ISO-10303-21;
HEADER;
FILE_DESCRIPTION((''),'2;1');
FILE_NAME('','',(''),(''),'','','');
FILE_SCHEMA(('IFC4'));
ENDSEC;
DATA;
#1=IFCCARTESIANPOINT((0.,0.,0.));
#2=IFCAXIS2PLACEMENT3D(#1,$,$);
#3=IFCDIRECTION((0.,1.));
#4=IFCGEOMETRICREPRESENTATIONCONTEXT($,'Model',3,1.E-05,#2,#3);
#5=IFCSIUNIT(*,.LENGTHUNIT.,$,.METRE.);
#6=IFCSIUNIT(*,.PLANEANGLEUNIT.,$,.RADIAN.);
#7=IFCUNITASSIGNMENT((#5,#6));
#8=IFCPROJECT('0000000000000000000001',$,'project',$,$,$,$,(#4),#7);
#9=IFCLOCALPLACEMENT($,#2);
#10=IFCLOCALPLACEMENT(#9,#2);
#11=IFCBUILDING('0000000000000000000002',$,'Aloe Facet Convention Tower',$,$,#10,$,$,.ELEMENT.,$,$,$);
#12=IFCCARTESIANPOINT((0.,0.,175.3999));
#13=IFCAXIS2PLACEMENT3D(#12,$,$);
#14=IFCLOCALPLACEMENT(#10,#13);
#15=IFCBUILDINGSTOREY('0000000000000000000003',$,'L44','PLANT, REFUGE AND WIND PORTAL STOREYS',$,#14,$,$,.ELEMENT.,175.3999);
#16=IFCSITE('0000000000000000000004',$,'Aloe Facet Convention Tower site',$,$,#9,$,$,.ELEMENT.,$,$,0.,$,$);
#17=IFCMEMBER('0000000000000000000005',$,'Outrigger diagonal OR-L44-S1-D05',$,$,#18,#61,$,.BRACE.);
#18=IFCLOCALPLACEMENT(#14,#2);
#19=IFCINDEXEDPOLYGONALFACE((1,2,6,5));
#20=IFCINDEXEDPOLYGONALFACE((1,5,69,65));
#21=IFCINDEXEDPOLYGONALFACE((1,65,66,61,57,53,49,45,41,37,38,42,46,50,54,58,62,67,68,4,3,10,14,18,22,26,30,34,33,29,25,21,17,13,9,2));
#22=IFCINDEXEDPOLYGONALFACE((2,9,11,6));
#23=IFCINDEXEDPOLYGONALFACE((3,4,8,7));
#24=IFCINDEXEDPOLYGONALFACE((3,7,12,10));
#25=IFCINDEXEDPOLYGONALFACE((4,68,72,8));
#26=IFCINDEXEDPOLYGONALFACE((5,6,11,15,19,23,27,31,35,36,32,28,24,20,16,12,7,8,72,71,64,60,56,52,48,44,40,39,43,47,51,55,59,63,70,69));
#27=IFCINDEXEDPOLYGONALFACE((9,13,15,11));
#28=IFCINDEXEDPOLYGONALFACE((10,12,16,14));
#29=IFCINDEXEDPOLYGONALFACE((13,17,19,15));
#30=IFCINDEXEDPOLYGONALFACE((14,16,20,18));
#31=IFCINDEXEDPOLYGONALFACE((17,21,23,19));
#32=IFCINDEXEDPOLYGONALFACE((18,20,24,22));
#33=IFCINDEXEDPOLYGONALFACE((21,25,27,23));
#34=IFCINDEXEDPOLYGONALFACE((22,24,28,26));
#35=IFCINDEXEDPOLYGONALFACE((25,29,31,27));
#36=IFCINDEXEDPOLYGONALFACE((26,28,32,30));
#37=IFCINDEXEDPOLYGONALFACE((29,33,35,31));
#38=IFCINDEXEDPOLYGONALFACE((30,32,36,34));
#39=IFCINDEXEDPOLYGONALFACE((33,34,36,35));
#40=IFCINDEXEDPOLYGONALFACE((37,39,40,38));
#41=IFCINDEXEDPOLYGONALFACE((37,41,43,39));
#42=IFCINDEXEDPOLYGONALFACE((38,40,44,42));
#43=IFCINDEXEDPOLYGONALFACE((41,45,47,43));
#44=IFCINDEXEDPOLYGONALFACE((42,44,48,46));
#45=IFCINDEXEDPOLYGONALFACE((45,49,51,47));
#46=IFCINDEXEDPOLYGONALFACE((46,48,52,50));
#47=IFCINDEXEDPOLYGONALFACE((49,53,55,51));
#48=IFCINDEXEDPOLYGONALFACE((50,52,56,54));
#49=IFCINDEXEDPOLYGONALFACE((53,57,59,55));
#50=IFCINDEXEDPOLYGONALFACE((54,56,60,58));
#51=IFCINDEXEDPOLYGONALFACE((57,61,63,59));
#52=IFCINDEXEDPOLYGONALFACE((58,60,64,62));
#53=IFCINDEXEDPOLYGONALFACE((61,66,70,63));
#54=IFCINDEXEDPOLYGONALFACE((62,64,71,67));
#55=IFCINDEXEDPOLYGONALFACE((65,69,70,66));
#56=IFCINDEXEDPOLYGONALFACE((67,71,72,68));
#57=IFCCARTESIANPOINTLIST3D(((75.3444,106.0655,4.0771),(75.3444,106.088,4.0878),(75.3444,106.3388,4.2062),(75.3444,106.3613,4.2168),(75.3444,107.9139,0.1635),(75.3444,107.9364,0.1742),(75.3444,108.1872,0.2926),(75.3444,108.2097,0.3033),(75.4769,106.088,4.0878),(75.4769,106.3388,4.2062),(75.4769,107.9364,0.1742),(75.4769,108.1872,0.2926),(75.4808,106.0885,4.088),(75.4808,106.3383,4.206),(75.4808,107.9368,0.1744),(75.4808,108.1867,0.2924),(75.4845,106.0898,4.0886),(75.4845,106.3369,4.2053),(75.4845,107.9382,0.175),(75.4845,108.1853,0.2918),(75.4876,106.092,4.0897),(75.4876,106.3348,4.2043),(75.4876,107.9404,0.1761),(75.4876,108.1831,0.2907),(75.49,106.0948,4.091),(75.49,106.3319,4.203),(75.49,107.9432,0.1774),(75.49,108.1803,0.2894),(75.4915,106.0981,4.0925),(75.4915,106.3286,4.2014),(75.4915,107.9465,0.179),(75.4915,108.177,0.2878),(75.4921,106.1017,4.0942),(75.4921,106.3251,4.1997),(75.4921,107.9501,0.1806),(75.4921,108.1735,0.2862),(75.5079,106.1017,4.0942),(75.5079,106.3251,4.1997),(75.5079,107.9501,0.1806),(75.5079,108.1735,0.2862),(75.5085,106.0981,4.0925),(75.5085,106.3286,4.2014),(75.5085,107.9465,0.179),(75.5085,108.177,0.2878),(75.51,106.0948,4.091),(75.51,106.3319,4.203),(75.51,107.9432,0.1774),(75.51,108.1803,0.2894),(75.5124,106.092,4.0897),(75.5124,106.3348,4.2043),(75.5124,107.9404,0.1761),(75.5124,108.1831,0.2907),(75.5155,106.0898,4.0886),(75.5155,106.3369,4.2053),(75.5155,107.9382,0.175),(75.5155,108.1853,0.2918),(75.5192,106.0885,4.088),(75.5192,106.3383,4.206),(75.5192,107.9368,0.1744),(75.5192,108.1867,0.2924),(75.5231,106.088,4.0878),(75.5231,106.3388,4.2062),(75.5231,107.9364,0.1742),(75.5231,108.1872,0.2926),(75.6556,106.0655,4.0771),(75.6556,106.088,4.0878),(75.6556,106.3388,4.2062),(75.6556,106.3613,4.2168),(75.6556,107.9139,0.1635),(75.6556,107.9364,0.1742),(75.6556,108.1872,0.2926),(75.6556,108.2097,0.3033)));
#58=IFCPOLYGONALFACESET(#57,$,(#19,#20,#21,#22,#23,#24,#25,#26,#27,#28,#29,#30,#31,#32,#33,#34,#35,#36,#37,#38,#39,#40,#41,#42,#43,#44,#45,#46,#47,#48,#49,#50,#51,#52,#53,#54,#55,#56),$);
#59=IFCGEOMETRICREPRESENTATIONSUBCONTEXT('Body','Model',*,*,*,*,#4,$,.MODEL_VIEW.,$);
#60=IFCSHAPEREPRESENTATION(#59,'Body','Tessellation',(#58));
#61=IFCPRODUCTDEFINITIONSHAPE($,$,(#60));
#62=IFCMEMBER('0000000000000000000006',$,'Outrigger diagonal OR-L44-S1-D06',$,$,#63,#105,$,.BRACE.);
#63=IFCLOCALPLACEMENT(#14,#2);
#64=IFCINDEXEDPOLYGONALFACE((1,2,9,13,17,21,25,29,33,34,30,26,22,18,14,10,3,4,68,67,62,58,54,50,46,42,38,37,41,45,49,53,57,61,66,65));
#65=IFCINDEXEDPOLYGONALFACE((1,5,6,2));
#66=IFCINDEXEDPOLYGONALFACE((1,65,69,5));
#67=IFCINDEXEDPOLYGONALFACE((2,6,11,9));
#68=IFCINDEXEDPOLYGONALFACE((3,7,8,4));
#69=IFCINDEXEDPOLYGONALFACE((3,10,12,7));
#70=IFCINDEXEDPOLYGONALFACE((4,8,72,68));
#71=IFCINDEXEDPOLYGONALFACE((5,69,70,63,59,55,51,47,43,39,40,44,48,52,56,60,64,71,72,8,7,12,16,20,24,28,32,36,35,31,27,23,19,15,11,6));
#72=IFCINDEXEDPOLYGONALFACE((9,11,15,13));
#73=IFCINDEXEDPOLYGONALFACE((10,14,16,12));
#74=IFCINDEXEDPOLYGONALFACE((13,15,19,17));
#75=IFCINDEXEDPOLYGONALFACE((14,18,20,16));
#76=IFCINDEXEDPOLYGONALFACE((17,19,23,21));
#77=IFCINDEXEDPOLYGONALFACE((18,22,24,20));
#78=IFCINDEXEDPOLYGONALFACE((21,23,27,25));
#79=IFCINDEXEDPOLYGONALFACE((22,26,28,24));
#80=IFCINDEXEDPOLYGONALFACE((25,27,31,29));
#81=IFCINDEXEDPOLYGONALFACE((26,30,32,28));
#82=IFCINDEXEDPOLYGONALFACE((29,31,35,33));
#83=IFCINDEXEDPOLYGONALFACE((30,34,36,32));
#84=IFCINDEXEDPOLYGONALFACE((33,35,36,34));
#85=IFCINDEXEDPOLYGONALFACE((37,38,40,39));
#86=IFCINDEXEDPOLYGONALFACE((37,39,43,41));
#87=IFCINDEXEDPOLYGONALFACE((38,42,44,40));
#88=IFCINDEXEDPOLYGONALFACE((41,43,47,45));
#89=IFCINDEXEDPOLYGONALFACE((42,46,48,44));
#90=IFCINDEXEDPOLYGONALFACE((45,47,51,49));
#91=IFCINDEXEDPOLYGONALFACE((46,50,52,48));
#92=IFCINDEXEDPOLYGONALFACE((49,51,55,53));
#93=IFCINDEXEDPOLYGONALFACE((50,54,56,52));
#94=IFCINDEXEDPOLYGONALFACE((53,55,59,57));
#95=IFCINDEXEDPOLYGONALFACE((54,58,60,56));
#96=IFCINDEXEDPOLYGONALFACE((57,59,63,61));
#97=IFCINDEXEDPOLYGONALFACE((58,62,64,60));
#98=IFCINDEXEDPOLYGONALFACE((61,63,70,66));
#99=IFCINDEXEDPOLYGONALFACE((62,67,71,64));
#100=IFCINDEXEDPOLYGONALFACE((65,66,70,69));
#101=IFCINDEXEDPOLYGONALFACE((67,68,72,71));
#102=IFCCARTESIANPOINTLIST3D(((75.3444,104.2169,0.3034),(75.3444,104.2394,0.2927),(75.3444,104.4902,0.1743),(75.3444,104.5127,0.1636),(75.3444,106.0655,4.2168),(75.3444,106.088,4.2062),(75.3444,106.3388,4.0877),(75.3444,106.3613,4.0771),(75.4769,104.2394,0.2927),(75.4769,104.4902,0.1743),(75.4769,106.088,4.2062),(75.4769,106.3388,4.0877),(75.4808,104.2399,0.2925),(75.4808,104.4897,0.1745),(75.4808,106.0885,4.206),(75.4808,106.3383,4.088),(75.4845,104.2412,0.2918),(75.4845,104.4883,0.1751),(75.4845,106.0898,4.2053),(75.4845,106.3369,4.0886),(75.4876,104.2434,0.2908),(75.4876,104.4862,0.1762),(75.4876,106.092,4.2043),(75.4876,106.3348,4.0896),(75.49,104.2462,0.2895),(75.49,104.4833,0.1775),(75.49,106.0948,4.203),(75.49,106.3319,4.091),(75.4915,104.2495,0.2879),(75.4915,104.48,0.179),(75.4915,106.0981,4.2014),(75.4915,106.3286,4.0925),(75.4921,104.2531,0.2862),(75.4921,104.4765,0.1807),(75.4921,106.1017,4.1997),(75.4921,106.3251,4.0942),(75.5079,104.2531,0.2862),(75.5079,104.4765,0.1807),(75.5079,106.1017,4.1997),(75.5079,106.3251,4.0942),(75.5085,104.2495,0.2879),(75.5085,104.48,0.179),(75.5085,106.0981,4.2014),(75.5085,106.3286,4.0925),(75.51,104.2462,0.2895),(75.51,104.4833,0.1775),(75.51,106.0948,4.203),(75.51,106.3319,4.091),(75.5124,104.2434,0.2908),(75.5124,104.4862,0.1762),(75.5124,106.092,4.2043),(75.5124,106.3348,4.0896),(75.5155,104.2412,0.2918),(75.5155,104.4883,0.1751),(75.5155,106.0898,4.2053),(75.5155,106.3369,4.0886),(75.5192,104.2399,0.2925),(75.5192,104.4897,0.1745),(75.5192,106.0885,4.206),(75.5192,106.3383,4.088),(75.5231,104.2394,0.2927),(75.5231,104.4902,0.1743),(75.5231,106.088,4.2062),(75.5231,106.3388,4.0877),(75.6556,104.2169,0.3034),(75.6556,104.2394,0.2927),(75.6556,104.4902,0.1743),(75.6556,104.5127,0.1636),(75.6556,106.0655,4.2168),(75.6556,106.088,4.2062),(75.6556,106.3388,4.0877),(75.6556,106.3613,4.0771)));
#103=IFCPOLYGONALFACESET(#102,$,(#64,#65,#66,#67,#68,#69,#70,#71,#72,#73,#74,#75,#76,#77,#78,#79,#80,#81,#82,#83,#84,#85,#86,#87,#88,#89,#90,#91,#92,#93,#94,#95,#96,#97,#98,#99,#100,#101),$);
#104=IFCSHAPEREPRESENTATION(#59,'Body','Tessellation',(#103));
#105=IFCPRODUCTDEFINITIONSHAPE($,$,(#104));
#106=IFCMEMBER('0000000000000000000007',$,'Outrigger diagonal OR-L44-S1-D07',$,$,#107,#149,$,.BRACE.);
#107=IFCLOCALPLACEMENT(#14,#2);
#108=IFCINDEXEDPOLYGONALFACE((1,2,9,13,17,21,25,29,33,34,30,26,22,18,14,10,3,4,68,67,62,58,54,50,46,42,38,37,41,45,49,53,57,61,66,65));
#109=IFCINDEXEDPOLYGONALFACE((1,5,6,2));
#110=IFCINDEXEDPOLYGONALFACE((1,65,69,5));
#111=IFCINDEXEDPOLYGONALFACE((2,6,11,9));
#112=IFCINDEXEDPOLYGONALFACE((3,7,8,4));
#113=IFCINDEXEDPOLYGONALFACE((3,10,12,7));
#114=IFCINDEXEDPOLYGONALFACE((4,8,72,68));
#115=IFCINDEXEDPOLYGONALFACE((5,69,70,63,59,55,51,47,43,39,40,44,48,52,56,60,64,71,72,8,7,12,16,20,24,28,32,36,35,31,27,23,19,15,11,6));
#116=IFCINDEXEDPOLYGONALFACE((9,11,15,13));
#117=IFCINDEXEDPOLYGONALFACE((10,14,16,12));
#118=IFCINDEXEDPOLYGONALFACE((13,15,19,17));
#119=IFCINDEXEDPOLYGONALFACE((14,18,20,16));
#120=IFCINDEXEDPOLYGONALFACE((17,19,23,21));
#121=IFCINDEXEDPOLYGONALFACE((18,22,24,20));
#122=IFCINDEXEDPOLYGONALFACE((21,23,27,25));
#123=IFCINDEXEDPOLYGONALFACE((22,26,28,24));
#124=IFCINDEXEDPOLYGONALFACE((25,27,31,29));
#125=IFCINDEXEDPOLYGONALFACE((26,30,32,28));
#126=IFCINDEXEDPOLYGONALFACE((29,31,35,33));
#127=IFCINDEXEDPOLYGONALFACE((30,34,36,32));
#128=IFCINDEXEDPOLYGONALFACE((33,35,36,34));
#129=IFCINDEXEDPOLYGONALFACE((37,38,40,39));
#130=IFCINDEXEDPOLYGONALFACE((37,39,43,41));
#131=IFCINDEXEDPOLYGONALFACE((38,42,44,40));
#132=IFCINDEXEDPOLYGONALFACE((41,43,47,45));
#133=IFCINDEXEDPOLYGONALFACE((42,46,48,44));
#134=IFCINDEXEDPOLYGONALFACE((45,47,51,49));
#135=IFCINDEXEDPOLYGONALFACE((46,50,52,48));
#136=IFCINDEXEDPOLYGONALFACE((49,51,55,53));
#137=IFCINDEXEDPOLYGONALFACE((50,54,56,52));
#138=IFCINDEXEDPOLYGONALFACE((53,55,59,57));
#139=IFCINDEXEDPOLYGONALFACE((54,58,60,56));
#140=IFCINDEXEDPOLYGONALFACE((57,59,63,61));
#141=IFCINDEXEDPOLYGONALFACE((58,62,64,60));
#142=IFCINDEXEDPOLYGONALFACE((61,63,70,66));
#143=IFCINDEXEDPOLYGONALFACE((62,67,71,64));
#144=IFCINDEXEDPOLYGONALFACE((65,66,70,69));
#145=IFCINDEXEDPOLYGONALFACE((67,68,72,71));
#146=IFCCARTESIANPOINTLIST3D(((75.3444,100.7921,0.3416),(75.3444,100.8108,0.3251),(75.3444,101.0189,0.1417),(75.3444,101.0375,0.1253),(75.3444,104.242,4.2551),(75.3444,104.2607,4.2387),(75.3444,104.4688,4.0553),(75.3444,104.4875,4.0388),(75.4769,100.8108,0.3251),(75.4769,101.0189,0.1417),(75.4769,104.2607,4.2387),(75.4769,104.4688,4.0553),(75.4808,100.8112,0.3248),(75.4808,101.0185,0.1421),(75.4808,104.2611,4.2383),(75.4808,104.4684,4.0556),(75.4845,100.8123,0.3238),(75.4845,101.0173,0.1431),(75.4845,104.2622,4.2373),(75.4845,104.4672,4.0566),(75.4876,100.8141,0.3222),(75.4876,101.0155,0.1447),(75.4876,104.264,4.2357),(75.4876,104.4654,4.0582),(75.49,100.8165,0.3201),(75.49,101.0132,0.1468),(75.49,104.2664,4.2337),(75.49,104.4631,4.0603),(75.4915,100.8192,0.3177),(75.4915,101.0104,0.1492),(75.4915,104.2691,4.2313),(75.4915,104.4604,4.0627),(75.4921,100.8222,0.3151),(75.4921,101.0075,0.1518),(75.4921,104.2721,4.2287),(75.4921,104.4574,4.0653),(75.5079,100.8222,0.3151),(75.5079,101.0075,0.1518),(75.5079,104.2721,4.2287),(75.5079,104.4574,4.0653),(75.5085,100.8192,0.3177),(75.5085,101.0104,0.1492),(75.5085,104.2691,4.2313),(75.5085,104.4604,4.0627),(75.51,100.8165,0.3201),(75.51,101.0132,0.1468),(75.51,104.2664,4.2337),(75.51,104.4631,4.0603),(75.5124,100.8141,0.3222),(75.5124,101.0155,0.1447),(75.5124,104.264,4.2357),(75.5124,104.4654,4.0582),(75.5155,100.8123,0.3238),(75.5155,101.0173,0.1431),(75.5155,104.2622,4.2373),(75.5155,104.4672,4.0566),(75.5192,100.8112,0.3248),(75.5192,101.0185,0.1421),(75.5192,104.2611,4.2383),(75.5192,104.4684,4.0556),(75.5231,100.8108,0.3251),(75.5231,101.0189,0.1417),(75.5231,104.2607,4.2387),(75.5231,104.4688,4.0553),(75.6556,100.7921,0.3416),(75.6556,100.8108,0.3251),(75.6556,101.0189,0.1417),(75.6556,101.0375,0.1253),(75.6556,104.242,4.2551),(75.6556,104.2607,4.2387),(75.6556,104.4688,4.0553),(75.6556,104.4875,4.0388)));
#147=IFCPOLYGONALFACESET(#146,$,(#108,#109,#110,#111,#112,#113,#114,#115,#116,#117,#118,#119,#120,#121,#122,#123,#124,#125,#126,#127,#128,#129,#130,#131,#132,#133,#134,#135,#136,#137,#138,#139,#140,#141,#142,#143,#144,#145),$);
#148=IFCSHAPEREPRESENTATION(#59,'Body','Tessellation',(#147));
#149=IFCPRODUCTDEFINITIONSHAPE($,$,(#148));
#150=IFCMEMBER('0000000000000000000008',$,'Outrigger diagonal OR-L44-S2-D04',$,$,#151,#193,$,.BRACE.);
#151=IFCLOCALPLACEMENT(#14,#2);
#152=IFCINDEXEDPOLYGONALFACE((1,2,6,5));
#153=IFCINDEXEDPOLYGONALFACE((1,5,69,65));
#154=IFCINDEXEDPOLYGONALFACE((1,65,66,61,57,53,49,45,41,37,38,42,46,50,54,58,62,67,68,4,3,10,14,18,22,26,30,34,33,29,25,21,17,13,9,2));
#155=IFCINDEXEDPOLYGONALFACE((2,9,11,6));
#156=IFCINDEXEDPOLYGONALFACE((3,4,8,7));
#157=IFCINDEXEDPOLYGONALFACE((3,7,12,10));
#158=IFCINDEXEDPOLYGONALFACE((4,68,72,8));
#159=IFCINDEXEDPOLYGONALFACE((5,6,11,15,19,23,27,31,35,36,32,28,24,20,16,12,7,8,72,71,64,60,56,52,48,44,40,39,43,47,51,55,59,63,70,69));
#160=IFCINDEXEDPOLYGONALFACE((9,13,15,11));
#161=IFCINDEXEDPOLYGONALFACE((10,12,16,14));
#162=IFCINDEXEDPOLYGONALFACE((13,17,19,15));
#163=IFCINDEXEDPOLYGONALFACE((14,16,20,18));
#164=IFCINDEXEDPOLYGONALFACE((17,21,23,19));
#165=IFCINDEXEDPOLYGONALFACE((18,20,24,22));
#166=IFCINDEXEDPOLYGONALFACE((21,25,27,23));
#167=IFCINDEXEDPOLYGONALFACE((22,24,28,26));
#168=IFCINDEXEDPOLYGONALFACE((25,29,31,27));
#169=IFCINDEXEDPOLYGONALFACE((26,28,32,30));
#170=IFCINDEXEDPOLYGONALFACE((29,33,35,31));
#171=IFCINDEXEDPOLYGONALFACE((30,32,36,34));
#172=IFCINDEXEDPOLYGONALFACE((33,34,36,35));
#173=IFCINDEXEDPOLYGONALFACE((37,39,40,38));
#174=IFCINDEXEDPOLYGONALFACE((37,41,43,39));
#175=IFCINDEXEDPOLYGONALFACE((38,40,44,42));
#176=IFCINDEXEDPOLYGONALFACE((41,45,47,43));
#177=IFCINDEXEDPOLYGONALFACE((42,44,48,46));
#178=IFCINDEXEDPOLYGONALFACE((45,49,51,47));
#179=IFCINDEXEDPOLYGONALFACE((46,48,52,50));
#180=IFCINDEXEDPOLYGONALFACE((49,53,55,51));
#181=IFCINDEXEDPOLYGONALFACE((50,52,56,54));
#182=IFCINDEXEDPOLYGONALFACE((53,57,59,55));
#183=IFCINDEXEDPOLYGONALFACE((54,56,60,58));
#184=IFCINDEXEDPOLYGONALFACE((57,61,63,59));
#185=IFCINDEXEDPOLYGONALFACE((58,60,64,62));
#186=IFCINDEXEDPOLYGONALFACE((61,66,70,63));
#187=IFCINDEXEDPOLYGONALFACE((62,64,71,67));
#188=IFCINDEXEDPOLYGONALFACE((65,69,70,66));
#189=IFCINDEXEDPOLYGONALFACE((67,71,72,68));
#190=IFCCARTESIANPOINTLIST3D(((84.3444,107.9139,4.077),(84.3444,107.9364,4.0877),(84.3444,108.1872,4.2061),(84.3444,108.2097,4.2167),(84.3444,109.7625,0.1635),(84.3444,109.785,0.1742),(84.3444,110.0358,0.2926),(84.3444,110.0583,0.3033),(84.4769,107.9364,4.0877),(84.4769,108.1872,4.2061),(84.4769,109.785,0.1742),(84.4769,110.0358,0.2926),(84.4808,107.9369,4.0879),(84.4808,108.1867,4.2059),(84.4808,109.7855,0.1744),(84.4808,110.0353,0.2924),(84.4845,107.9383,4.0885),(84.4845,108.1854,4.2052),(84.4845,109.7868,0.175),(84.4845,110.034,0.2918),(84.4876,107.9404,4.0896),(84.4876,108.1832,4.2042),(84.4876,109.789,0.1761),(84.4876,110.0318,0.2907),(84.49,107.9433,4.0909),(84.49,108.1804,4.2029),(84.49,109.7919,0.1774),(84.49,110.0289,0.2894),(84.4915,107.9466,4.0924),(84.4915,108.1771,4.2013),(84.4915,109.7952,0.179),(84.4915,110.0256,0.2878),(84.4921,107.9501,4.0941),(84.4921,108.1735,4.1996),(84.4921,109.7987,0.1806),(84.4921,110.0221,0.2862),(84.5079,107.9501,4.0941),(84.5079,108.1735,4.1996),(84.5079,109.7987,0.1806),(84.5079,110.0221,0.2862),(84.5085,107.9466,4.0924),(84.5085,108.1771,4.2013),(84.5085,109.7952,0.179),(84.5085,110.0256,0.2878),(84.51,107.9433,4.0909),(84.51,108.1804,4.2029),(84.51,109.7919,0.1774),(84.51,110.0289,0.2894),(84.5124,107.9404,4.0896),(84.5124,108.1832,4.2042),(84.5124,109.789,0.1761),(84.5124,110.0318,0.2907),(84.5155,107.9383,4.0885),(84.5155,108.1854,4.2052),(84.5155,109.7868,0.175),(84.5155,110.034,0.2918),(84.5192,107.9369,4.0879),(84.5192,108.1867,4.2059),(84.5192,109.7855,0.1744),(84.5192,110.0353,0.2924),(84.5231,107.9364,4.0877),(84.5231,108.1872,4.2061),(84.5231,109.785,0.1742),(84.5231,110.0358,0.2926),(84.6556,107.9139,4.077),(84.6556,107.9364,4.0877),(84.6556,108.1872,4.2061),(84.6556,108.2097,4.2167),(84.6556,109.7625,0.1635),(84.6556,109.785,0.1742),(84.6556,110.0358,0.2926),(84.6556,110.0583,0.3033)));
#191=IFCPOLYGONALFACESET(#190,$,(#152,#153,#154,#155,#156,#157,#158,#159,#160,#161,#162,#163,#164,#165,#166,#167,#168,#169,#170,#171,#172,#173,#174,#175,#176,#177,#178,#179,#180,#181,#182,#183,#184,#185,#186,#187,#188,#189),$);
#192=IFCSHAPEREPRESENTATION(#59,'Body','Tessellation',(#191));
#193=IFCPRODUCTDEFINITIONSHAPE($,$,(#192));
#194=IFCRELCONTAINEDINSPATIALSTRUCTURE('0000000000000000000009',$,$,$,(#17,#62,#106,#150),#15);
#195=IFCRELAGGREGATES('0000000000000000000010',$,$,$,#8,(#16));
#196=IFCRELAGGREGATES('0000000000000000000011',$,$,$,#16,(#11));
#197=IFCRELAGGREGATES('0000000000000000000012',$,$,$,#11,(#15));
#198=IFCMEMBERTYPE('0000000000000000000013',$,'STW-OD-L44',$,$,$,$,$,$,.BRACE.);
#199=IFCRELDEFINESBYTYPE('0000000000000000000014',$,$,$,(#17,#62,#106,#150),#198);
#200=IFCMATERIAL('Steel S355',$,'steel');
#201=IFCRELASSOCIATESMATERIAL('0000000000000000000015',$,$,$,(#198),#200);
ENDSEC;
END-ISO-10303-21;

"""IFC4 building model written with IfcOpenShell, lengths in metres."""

from ifc_helpers import new_model, si_unit, direction, frame, origin, origin_2d, place, context, subcontext, project, spatial, i_section, extrude, material, material_profile, profile_set, type_object, element, save


model = new_model("IFC4")

# Units and contexts
model_context = context("Model", 3, precision=1e-05, world=origin(), true_north=direction((0.0, 1.0)))
body_context = subcontext(model_context, "Body", "Model", "MODEL_VIEW")
ifc_project = project(units=[si_unit("LENGTHUNIT", "METRE"), si_unit("PLANEANGLEUNIT", "RADIAN")], contexts=[model_context])

# Site, building, storey
site_placement = place(None, origin())
site = spatial("IfcSite", under=ifc_project, at=site_placement, Name="Aloe Facet Convention Tower site", CompositionType="ELEMENT", RefElevation=0.0)
building_placement = place(site_placement, origin())
building = spatial("IfcBuilding", under=site, at=building_placement, Name="Aloe Facet Convention Tower", CompositionType="ELEMENT")
storey_placement = place(building_placement, frame((0.0, 0.0, 175.3999)))
storey = spatial("IfcBuildingStorey", under=building, at=storey_placement, Name="L44", Description="PLANT, REFUGE AND WIND PORTAL STOREYS", CompositionType="ELEMENT", Elevation=175.3999)

# Members
ifc_material_1 = material(Name="Steel S355", Category="steel")
ifc_material_profile_1 = material_profile(ifc_material_1, i_section(OverallWidth=0.3113, OverallDepth=0.3271, WebThickness=0.0159, FlangeThickness=0.0249, FilletRadius=0.0151, at=origin_2d()), Name="UC 305x305x158")
ifc_profile_set_1 = profile_set([ifc_material_profile_1], Name="Steel S355")
member_type_1 = type_object("IfcMemberType", Name="STW-OD-L44", PredefinedType="BRACE", material=ifc_profile_set_1)
for number, where, z_axis, x_axis, name in (
    (1, (75.5, 108.0618, 0.2334), (0.0, -0.427065, 0.904221), (1.0, 0.0, 0.0), "Outrigger diagonal OR-L44-S1-D05"),
    (2, (75.5, 106.2134, 4.147), (0.0, -0.427111, -0.904199), (1.0, 0.0, 0.0), "Outrigger diagonal OR-L44-S1-D06"),
):
    element("IfcMember", number, at=place(storey_placement, frame(where, z_axis=z_axis, x_axis=x_axis)), inside=storey, type_object=member_type_1, Name=name, PredefinedType="BRACE", context=body_context, shape_type="SweptSolid", body=[
        extrude(i_section(OverallWidth=0.3113, OverallDepth=0.3271, WebThickness=0.0159, FlangeThickness=0.0249, FilletRadius=0.0151, at=origin_2d()), origin(), (0.0, 0.0, 1.0), 4.3281),
    ])
member_1_placement = place(storey_placement, frame((75.5, 104.3647, 4.147), z_axis=(0.0, -0.661276, -0.750142), x_axis=(1.0, 0.0, 0.0)))
element("IfcMember", 3, at=member_1_placement, inside=storey, type_object=member_type_1, Name="Outrigger diagonal OR-L44-S1-D07", PredefinedType="BRACE", context=body_context, shape_type="SweptSolid", body=[
    extrude(i_section(OverallWidth=0.3113, OverallDepth=0.3271, WebThickness=0.0159, FlangeThickness=0.0249, FilletRadius=0.0151, at=origin_2d()), origin(), (0.0, 0.0, 1.0), 5.217),
])
for number, where, z_axis, x_axis, name in (
    (4, (84.5, 109.9104, 0.2334), (0.0, -0.427111, 0.904199), (1.0, 0.0, 0.0), "Outrigger diagonal OR-L44-S2-D04"),
):
    element("IfcMember", number, at=place(storey_placement, frame(where, z_axis=z_axis, x_axis=x_axis)), inside=storey, type_object=member_type_1, Name=name, PredefinedType="BRACE", context=body_context, shape_type="SweptSolid", body=[
        extrude(i_section(OverallWidth=0.3113, OverallDepth=0.3271, WebThickness=0.0159, FlangeThickness=0.0249, FilletRadius=0.0151, at=origin_2d()), origin(), (0.0, 0.0, 1.0), 4.3281),
    ])

save(model, "model.ifc")
